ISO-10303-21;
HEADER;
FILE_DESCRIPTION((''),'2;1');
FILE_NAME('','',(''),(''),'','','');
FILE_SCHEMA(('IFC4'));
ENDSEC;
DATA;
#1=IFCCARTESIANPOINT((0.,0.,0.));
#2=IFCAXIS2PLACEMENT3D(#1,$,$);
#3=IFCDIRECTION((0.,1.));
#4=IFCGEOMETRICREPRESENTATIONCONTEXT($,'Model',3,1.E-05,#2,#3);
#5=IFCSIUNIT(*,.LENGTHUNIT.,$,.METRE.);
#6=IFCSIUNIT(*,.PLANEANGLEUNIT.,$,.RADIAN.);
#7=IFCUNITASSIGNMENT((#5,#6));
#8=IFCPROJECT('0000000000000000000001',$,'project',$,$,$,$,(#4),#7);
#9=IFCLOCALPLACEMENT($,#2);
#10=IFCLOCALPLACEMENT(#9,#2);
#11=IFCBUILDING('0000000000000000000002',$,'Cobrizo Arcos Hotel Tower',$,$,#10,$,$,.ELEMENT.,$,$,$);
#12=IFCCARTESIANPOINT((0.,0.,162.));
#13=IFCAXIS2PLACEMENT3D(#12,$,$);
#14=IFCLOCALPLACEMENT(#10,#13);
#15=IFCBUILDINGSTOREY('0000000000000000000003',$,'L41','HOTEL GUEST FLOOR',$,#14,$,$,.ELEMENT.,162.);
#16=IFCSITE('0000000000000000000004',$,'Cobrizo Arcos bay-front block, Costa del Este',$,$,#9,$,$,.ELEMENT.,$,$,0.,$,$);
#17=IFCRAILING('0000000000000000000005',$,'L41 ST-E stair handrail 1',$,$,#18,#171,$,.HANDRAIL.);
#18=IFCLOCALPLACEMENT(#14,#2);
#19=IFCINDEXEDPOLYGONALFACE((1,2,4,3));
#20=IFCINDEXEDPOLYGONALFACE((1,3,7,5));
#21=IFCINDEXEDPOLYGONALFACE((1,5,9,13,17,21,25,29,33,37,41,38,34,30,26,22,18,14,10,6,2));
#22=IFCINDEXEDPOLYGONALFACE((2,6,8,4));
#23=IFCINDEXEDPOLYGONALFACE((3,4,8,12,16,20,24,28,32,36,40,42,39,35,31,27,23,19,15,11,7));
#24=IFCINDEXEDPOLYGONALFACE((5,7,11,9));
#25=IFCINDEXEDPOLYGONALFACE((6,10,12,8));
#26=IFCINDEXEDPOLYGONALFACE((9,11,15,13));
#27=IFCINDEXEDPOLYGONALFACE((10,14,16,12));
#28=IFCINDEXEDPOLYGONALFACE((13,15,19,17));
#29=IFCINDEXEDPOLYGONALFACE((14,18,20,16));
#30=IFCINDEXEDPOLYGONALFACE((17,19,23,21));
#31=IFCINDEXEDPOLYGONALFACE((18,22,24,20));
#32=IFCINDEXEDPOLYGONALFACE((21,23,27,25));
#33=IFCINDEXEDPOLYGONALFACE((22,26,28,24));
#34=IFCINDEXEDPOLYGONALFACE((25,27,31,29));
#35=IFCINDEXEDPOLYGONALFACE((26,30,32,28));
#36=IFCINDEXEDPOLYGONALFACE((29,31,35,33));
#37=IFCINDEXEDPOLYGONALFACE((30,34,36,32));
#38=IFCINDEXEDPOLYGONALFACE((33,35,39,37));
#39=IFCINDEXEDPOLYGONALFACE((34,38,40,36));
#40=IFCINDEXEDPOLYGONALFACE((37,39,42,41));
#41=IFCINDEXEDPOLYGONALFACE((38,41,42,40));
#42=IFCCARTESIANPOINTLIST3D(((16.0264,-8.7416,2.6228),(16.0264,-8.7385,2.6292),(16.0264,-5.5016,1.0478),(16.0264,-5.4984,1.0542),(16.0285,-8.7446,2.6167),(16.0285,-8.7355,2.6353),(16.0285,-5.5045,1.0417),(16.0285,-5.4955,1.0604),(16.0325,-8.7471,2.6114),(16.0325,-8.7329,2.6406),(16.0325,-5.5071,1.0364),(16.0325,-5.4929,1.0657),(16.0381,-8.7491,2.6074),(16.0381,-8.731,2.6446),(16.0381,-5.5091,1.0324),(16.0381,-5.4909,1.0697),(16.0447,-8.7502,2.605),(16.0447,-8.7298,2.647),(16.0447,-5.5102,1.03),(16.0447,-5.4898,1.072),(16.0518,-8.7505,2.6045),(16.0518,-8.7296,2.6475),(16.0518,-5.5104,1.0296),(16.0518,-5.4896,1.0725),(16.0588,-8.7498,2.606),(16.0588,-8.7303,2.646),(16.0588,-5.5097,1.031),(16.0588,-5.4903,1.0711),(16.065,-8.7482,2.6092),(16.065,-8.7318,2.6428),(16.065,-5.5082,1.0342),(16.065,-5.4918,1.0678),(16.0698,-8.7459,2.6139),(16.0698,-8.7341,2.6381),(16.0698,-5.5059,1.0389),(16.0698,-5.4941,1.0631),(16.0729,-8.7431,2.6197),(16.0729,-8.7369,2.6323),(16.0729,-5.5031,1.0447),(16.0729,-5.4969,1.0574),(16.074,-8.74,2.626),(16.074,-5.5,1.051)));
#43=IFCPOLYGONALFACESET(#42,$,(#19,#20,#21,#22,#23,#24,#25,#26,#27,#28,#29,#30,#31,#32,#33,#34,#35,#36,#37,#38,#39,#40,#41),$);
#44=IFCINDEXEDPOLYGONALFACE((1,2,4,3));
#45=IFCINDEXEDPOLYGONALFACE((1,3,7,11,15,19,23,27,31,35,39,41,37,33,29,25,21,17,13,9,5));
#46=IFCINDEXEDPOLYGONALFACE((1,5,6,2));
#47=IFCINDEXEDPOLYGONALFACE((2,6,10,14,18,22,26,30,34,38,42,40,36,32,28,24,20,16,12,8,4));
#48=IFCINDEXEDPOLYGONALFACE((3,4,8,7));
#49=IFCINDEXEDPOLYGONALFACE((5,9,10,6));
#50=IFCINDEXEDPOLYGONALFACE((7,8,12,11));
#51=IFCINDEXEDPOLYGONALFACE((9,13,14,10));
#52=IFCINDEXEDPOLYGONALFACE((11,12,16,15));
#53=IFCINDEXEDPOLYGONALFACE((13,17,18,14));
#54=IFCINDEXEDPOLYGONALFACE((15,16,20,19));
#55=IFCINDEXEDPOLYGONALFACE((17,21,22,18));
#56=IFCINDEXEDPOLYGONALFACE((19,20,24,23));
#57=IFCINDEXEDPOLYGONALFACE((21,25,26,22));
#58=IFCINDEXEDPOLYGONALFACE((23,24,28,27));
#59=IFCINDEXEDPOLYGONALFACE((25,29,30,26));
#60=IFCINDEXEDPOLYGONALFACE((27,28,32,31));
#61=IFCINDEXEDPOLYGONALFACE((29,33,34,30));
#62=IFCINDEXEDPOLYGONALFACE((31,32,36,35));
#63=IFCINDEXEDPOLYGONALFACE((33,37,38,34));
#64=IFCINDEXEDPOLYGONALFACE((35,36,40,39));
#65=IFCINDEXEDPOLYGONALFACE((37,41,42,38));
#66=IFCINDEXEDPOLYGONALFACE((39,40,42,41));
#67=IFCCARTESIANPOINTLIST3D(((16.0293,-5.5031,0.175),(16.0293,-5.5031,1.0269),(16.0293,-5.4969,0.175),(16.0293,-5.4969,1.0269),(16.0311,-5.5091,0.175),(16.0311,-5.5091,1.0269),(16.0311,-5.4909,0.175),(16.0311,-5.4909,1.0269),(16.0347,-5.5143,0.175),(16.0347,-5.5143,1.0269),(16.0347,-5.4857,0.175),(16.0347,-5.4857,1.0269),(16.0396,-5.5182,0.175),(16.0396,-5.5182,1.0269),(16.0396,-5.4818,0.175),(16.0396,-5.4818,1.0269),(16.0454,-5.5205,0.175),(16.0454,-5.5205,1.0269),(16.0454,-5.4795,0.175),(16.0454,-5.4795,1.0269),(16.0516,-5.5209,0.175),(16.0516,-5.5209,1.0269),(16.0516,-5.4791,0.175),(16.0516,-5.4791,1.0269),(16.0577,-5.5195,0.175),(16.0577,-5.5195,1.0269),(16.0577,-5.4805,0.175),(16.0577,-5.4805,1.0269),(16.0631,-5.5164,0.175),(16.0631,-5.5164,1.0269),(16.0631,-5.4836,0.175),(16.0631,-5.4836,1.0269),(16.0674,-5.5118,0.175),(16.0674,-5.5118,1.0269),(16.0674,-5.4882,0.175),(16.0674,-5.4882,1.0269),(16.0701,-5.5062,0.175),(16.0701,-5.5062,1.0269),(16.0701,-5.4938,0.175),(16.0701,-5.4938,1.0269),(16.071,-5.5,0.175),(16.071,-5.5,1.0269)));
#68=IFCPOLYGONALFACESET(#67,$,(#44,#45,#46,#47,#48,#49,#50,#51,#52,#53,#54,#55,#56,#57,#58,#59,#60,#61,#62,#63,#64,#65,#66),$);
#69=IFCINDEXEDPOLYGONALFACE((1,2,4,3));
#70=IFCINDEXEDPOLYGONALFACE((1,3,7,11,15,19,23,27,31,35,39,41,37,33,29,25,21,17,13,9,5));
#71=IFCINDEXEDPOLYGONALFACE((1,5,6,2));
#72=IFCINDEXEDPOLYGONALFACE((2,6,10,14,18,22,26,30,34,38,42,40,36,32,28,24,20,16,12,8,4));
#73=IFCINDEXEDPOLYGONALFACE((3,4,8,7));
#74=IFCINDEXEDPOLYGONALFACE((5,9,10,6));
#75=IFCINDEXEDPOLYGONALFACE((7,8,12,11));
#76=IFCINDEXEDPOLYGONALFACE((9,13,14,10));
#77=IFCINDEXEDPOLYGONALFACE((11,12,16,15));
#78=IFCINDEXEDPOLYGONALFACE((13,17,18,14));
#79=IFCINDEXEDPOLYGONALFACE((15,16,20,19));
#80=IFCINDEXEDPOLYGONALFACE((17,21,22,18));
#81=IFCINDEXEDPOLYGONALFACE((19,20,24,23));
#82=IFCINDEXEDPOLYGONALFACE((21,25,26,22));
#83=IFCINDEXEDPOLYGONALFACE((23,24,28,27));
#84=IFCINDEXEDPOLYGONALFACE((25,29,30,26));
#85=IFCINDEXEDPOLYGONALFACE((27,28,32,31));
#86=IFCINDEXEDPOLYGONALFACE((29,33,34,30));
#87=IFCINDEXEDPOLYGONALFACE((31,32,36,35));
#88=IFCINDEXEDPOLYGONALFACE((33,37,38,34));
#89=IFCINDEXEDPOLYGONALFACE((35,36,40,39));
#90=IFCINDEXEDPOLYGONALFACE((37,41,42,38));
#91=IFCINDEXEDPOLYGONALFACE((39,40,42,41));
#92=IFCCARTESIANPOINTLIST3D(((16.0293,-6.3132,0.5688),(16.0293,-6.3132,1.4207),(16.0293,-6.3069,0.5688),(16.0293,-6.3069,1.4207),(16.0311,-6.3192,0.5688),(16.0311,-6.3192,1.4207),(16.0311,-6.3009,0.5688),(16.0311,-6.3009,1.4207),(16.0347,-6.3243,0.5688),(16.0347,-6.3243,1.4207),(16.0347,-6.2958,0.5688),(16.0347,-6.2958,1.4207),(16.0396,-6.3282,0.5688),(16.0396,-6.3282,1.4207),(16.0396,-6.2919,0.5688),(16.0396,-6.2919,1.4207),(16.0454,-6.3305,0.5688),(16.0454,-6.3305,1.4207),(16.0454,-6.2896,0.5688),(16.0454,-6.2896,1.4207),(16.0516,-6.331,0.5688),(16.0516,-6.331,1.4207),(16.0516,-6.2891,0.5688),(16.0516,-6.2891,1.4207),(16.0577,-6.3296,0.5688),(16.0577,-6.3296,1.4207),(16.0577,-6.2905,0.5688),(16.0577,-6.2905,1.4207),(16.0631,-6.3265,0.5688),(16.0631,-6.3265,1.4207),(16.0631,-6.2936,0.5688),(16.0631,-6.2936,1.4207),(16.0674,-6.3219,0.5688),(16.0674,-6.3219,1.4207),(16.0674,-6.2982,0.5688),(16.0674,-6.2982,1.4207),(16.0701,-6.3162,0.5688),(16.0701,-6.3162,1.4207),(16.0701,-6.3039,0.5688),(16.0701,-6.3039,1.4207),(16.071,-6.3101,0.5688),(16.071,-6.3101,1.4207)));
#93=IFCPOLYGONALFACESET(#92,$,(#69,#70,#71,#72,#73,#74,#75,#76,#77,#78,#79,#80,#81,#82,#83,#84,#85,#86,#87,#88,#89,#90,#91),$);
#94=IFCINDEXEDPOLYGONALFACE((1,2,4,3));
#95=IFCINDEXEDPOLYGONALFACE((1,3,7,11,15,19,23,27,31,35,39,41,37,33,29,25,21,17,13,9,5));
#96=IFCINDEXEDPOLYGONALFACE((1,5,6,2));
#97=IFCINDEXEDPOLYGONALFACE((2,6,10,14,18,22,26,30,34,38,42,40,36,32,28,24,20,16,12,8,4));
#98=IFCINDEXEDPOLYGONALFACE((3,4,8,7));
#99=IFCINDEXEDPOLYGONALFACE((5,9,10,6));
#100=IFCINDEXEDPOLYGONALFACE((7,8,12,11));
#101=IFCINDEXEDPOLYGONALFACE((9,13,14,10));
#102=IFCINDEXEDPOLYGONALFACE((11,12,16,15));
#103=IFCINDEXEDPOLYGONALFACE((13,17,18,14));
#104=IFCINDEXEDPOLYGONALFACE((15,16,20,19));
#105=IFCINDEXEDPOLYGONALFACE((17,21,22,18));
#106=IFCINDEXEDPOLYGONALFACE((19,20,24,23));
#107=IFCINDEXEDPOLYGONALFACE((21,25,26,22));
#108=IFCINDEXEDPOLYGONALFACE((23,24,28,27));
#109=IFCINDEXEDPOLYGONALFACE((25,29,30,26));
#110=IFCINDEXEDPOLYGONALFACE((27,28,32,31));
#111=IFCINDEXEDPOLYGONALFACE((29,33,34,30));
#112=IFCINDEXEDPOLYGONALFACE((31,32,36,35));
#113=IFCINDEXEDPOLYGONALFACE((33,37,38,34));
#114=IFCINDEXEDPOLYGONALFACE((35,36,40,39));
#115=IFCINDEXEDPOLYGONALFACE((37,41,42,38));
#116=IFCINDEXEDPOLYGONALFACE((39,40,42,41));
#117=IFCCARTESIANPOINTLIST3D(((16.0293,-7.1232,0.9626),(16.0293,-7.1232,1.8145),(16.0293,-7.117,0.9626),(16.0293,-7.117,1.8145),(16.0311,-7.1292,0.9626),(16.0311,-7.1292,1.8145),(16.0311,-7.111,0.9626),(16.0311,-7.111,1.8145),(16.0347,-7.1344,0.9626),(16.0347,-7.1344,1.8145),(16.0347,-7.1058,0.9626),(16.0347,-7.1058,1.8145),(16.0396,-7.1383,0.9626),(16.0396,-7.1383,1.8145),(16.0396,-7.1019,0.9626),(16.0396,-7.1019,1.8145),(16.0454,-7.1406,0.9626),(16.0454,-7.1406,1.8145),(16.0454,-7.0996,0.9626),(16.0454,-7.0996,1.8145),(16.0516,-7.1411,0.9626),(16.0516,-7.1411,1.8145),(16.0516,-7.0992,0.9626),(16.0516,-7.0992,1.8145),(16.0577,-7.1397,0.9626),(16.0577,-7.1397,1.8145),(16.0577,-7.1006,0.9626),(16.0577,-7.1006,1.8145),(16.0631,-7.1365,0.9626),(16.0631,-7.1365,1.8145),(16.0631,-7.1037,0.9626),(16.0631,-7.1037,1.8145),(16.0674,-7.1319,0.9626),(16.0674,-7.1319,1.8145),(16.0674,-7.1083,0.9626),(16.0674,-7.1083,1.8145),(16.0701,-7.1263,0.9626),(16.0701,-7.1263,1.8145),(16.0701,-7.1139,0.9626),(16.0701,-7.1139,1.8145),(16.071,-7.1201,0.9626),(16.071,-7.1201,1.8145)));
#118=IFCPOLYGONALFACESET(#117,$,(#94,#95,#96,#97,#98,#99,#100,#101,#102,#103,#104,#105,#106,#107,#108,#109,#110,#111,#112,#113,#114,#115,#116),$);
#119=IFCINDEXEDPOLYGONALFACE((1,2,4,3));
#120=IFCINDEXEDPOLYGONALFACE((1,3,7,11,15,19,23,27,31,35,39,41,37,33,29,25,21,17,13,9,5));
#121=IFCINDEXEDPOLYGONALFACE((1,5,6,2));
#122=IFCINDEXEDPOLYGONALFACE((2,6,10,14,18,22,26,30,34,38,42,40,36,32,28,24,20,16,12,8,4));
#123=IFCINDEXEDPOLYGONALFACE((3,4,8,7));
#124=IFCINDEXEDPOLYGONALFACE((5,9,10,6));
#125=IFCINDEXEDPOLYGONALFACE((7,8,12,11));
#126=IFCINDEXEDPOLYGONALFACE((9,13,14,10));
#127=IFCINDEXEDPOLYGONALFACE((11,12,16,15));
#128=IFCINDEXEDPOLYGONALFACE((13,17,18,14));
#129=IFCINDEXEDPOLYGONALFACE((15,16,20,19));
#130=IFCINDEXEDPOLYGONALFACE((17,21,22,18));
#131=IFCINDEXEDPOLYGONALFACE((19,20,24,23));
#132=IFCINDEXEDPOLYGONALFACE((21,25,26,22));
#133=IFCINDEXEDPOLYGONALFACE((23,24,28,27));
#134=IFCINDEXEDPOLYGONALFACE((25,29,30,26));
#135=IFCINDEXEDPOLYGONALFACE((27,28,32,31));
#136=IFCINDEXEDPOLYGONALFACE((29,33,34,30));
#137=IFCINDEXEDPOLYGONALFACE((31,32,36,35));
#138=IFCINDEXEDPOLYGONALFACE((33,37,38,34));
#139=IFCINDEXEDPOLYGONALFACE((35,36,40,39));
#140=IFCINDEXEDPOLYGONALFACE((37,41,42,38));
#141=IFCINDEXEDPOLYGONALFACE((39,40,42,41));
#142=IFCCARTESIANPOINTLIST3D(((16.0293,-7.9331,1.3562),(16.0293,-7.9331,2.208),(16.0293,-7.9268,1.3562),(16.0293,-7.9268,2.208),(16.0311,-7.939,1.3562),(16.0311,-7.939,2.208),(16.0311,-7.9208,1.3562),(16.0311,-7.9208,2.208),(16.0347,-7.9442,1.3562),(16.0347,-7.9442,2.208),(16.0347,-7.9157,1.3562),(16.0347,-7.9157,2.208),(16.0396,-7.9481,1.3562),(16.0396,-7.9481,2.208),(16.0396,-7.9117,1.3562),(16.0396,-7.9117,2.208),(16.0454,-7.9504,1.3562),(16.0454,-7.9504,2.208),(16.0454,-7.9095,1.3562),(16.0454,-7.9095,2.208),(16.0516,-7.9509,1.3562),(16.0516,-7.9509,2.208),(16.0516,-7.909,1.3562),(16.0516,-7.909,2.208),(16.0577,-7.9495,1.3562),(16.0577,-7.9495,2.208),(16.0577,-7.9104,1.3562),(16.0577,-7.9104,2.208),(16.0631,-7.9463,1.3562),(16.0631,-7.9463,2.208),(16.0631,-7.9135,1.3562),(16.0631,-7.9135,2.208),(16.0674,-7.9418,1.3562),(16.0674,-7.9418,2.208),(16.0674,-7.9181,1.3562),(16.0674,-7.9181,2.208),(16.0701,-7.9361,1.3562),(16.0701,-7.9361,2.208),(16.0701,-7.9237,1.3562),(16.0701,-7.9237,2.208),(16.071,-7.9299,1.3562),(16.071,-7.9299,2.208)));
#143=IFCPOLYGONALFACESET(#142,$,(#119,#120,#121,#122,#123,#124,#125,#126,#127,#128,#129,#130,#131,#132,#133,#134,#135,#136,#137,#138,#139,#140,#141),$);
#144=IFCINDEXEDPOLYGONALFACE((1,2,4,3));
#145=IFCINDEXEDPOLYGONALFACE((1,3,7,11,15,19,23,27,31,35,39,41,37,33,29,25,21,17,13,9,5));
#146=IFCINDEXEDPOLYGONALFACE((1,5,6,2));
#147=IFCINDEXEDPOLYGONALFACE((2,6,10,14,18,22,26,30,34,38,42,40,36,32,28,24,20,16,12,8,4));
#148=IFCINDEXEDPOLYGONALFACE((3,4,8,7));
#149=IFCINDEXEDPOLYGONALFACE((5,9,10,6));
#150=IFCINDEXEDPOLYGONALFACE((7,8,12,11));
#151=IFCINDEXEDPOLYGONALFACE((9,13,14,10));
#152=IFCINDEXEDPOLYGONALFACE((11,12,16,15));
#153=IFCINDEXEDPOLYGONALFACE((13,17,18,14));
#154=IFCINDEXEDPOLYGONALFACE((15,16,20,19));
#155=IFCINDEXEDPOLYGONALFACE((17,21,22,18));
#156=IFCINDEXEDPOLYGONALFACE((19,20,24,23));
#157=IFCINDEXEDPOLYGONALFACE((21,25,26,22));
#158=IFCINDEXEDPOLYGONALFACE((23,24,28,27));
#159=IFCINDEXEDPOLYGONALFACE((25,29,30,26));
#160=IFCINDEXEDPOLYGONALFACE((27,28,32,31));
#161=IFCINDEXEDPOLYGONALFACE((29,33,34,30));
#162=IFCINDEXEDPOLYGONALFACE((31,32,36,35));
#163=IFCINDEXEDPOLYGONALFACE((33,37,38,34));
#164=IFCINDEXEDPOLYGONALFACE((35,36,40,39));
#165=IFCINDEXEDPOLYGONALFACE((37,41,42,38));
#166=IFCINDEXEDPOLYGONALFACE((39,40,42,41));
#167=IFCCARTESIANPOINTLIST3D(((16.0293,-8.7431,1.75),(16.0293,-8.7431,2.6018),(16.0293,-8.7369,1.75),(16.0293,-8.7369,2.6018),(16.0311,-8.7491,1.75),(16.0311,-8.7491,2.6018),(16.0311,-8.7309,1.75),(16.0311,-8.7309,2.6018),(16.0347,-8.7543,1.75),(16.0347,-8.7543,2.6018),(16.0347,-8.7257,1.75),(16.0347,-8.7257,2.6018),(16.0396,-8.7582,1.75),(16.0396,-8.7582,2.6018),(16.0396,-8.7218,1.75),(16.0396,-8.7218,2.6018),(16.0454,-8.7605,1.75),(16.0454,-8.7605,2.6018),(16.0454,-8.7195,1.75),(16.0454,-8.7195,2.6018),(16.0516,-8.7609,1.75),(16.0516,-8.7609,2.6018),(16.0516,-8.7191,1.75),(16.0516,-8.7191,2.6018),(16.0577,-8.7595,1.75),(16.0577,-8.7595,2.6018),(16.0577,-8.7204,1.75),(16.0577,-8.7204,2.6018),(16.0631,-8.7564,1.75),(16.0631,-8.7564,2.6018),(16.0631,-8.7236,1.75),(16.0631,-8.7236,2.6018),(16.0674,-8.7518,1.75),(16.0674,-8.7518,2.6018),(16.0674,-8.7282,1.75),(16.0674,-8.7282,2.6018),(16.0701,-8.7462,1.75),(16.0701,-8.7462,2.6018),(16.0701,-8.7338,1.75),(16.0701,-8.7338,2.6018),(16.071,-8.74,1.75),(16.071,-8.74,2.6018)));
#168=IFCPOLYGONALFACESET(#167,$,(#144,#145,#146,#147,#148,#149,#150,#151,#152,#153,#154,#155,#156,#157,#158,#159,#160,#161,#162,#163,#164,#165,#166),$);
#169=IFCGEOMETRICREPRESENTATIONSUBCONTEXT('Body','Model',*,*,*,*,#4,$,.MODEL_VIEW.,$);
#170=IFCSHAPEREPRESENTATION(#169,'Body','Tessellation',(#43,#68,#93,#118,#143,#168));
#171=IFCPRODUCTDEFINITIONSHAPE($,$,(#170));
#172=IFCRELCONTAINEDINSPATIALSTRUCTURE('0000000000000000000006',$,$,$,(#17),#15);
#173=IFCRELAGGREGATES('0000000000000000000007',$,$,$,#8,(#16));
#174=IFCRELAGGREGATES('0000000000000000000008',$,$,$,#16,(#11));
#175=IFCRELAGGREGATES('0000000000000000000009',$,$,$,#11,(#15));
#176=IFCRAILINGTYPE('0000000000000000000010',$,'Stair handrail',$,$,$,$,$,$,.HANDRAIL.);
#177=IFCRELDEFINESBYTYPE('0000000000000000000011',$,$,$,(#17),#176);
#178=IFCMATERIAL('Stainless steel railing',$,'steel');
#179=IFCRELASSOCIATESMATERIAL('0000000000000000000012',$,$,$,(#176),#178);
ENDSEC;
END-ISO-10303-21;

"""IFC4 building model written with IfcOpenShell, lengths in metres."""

from ifc_helpers import new_model, si_unit, direction, frame, origin, origin_2d, place, context, subcontext, project, spatial, circle, extrude, material, type_object, element, save


model = new_model("IFC4")

# Units and contexts
model_context = context("Model", 3, precision=1e-05, world=origin(), true_north=direction((0.0, 1.0)))
body_context = subcontext(model_context, "Body", "Model", "MODEL_VIEW")
ifc_project = project(units=[si_unit("LENGTHUNIT", "METRE"), si_unit("PLANEANGLEUNIT", "RADIAN")], contexts=[model_context])

# Site, building, storey
site_placement = place(None, origin())
site = spatial("IfcSite", under=ifc_project, at=site_placement, Name="Cobrizo Arcos bay-front block, Costa del Este", CompositionType="ELEMENT", RefElevation=0.0)
building_placement = place(site_placement, origin())
building = spatial("IfcBuilding", under=site, at=building_placement, Name="Cobrizo Arcos Hotel Tower", CompositionType="ELEMENT")
storey_placement = place(building_placement, frame((0.0, 0.0, 162.0)))
storey = spatial("IfcBuildingStorey", under=building, at=storey_placement, Name="L41", Description="HOTEL GUEST FLOOR", CompositionType="ELEMENT", Elevation=162.0)

# Railing
ifc_material_1 = material(Name="Stainless steel railing", Category="steel")
railing_type_1 = type_object("IfcRailingType", Name="Stair handrail", PredefinedType="HANDRAIL", material=ifc_material_1)
railing_1_placement = place(storey_placement, frame((16.05, -5.5, 0.175)))
element("IfcRailing", 1, at=railing_1_placement, inside=storey, type_object=railing_type_1, Name="L41 ST-E stair handrail 1", PredefinedType="HANDRAIL", context=body_context, shape_type="SweptSolid", body=[
    extrude(circle(Radius=0.0239, at=origin_2d()), frame((0.0, 0.0, 0.876), z_axis=(0.0, -0.899373, 0.437183), x_axis=(1.0, 0.0, 0.0)), (0.0, 0.0, 1.0), 3.6025),
    extrude(circle(Radius=0.021, at=origin_2d()), origin(), (0.0, 0.0, 1.0), 0.8518),
    extrude(circle(Radius=0.021, at=origin_2d()), frame((0.0, -0.8101, 0.3938)), (0.0, 0.0, 1.0), 0.8518),
    extrude(circle(Radius=0.021, at=origin_2d()), frame((0.0, -1.6201, 0.7876)), (0.0, 0.0, 1.0), 0.8518),
    extrude(circle(Radius=0.021, at=origin_2d()), frame((0.0, -2.4299, 1.1812)), (0.0, 0.0, 1.0), 0.8518),
    extrude(circle(Radius=0.021, at=origin_2d()), frame((0.0, -3.24, 1.575)), (0.0, 0.0, 1.0), 0.8518),
])

save(model, "model.ifc")
